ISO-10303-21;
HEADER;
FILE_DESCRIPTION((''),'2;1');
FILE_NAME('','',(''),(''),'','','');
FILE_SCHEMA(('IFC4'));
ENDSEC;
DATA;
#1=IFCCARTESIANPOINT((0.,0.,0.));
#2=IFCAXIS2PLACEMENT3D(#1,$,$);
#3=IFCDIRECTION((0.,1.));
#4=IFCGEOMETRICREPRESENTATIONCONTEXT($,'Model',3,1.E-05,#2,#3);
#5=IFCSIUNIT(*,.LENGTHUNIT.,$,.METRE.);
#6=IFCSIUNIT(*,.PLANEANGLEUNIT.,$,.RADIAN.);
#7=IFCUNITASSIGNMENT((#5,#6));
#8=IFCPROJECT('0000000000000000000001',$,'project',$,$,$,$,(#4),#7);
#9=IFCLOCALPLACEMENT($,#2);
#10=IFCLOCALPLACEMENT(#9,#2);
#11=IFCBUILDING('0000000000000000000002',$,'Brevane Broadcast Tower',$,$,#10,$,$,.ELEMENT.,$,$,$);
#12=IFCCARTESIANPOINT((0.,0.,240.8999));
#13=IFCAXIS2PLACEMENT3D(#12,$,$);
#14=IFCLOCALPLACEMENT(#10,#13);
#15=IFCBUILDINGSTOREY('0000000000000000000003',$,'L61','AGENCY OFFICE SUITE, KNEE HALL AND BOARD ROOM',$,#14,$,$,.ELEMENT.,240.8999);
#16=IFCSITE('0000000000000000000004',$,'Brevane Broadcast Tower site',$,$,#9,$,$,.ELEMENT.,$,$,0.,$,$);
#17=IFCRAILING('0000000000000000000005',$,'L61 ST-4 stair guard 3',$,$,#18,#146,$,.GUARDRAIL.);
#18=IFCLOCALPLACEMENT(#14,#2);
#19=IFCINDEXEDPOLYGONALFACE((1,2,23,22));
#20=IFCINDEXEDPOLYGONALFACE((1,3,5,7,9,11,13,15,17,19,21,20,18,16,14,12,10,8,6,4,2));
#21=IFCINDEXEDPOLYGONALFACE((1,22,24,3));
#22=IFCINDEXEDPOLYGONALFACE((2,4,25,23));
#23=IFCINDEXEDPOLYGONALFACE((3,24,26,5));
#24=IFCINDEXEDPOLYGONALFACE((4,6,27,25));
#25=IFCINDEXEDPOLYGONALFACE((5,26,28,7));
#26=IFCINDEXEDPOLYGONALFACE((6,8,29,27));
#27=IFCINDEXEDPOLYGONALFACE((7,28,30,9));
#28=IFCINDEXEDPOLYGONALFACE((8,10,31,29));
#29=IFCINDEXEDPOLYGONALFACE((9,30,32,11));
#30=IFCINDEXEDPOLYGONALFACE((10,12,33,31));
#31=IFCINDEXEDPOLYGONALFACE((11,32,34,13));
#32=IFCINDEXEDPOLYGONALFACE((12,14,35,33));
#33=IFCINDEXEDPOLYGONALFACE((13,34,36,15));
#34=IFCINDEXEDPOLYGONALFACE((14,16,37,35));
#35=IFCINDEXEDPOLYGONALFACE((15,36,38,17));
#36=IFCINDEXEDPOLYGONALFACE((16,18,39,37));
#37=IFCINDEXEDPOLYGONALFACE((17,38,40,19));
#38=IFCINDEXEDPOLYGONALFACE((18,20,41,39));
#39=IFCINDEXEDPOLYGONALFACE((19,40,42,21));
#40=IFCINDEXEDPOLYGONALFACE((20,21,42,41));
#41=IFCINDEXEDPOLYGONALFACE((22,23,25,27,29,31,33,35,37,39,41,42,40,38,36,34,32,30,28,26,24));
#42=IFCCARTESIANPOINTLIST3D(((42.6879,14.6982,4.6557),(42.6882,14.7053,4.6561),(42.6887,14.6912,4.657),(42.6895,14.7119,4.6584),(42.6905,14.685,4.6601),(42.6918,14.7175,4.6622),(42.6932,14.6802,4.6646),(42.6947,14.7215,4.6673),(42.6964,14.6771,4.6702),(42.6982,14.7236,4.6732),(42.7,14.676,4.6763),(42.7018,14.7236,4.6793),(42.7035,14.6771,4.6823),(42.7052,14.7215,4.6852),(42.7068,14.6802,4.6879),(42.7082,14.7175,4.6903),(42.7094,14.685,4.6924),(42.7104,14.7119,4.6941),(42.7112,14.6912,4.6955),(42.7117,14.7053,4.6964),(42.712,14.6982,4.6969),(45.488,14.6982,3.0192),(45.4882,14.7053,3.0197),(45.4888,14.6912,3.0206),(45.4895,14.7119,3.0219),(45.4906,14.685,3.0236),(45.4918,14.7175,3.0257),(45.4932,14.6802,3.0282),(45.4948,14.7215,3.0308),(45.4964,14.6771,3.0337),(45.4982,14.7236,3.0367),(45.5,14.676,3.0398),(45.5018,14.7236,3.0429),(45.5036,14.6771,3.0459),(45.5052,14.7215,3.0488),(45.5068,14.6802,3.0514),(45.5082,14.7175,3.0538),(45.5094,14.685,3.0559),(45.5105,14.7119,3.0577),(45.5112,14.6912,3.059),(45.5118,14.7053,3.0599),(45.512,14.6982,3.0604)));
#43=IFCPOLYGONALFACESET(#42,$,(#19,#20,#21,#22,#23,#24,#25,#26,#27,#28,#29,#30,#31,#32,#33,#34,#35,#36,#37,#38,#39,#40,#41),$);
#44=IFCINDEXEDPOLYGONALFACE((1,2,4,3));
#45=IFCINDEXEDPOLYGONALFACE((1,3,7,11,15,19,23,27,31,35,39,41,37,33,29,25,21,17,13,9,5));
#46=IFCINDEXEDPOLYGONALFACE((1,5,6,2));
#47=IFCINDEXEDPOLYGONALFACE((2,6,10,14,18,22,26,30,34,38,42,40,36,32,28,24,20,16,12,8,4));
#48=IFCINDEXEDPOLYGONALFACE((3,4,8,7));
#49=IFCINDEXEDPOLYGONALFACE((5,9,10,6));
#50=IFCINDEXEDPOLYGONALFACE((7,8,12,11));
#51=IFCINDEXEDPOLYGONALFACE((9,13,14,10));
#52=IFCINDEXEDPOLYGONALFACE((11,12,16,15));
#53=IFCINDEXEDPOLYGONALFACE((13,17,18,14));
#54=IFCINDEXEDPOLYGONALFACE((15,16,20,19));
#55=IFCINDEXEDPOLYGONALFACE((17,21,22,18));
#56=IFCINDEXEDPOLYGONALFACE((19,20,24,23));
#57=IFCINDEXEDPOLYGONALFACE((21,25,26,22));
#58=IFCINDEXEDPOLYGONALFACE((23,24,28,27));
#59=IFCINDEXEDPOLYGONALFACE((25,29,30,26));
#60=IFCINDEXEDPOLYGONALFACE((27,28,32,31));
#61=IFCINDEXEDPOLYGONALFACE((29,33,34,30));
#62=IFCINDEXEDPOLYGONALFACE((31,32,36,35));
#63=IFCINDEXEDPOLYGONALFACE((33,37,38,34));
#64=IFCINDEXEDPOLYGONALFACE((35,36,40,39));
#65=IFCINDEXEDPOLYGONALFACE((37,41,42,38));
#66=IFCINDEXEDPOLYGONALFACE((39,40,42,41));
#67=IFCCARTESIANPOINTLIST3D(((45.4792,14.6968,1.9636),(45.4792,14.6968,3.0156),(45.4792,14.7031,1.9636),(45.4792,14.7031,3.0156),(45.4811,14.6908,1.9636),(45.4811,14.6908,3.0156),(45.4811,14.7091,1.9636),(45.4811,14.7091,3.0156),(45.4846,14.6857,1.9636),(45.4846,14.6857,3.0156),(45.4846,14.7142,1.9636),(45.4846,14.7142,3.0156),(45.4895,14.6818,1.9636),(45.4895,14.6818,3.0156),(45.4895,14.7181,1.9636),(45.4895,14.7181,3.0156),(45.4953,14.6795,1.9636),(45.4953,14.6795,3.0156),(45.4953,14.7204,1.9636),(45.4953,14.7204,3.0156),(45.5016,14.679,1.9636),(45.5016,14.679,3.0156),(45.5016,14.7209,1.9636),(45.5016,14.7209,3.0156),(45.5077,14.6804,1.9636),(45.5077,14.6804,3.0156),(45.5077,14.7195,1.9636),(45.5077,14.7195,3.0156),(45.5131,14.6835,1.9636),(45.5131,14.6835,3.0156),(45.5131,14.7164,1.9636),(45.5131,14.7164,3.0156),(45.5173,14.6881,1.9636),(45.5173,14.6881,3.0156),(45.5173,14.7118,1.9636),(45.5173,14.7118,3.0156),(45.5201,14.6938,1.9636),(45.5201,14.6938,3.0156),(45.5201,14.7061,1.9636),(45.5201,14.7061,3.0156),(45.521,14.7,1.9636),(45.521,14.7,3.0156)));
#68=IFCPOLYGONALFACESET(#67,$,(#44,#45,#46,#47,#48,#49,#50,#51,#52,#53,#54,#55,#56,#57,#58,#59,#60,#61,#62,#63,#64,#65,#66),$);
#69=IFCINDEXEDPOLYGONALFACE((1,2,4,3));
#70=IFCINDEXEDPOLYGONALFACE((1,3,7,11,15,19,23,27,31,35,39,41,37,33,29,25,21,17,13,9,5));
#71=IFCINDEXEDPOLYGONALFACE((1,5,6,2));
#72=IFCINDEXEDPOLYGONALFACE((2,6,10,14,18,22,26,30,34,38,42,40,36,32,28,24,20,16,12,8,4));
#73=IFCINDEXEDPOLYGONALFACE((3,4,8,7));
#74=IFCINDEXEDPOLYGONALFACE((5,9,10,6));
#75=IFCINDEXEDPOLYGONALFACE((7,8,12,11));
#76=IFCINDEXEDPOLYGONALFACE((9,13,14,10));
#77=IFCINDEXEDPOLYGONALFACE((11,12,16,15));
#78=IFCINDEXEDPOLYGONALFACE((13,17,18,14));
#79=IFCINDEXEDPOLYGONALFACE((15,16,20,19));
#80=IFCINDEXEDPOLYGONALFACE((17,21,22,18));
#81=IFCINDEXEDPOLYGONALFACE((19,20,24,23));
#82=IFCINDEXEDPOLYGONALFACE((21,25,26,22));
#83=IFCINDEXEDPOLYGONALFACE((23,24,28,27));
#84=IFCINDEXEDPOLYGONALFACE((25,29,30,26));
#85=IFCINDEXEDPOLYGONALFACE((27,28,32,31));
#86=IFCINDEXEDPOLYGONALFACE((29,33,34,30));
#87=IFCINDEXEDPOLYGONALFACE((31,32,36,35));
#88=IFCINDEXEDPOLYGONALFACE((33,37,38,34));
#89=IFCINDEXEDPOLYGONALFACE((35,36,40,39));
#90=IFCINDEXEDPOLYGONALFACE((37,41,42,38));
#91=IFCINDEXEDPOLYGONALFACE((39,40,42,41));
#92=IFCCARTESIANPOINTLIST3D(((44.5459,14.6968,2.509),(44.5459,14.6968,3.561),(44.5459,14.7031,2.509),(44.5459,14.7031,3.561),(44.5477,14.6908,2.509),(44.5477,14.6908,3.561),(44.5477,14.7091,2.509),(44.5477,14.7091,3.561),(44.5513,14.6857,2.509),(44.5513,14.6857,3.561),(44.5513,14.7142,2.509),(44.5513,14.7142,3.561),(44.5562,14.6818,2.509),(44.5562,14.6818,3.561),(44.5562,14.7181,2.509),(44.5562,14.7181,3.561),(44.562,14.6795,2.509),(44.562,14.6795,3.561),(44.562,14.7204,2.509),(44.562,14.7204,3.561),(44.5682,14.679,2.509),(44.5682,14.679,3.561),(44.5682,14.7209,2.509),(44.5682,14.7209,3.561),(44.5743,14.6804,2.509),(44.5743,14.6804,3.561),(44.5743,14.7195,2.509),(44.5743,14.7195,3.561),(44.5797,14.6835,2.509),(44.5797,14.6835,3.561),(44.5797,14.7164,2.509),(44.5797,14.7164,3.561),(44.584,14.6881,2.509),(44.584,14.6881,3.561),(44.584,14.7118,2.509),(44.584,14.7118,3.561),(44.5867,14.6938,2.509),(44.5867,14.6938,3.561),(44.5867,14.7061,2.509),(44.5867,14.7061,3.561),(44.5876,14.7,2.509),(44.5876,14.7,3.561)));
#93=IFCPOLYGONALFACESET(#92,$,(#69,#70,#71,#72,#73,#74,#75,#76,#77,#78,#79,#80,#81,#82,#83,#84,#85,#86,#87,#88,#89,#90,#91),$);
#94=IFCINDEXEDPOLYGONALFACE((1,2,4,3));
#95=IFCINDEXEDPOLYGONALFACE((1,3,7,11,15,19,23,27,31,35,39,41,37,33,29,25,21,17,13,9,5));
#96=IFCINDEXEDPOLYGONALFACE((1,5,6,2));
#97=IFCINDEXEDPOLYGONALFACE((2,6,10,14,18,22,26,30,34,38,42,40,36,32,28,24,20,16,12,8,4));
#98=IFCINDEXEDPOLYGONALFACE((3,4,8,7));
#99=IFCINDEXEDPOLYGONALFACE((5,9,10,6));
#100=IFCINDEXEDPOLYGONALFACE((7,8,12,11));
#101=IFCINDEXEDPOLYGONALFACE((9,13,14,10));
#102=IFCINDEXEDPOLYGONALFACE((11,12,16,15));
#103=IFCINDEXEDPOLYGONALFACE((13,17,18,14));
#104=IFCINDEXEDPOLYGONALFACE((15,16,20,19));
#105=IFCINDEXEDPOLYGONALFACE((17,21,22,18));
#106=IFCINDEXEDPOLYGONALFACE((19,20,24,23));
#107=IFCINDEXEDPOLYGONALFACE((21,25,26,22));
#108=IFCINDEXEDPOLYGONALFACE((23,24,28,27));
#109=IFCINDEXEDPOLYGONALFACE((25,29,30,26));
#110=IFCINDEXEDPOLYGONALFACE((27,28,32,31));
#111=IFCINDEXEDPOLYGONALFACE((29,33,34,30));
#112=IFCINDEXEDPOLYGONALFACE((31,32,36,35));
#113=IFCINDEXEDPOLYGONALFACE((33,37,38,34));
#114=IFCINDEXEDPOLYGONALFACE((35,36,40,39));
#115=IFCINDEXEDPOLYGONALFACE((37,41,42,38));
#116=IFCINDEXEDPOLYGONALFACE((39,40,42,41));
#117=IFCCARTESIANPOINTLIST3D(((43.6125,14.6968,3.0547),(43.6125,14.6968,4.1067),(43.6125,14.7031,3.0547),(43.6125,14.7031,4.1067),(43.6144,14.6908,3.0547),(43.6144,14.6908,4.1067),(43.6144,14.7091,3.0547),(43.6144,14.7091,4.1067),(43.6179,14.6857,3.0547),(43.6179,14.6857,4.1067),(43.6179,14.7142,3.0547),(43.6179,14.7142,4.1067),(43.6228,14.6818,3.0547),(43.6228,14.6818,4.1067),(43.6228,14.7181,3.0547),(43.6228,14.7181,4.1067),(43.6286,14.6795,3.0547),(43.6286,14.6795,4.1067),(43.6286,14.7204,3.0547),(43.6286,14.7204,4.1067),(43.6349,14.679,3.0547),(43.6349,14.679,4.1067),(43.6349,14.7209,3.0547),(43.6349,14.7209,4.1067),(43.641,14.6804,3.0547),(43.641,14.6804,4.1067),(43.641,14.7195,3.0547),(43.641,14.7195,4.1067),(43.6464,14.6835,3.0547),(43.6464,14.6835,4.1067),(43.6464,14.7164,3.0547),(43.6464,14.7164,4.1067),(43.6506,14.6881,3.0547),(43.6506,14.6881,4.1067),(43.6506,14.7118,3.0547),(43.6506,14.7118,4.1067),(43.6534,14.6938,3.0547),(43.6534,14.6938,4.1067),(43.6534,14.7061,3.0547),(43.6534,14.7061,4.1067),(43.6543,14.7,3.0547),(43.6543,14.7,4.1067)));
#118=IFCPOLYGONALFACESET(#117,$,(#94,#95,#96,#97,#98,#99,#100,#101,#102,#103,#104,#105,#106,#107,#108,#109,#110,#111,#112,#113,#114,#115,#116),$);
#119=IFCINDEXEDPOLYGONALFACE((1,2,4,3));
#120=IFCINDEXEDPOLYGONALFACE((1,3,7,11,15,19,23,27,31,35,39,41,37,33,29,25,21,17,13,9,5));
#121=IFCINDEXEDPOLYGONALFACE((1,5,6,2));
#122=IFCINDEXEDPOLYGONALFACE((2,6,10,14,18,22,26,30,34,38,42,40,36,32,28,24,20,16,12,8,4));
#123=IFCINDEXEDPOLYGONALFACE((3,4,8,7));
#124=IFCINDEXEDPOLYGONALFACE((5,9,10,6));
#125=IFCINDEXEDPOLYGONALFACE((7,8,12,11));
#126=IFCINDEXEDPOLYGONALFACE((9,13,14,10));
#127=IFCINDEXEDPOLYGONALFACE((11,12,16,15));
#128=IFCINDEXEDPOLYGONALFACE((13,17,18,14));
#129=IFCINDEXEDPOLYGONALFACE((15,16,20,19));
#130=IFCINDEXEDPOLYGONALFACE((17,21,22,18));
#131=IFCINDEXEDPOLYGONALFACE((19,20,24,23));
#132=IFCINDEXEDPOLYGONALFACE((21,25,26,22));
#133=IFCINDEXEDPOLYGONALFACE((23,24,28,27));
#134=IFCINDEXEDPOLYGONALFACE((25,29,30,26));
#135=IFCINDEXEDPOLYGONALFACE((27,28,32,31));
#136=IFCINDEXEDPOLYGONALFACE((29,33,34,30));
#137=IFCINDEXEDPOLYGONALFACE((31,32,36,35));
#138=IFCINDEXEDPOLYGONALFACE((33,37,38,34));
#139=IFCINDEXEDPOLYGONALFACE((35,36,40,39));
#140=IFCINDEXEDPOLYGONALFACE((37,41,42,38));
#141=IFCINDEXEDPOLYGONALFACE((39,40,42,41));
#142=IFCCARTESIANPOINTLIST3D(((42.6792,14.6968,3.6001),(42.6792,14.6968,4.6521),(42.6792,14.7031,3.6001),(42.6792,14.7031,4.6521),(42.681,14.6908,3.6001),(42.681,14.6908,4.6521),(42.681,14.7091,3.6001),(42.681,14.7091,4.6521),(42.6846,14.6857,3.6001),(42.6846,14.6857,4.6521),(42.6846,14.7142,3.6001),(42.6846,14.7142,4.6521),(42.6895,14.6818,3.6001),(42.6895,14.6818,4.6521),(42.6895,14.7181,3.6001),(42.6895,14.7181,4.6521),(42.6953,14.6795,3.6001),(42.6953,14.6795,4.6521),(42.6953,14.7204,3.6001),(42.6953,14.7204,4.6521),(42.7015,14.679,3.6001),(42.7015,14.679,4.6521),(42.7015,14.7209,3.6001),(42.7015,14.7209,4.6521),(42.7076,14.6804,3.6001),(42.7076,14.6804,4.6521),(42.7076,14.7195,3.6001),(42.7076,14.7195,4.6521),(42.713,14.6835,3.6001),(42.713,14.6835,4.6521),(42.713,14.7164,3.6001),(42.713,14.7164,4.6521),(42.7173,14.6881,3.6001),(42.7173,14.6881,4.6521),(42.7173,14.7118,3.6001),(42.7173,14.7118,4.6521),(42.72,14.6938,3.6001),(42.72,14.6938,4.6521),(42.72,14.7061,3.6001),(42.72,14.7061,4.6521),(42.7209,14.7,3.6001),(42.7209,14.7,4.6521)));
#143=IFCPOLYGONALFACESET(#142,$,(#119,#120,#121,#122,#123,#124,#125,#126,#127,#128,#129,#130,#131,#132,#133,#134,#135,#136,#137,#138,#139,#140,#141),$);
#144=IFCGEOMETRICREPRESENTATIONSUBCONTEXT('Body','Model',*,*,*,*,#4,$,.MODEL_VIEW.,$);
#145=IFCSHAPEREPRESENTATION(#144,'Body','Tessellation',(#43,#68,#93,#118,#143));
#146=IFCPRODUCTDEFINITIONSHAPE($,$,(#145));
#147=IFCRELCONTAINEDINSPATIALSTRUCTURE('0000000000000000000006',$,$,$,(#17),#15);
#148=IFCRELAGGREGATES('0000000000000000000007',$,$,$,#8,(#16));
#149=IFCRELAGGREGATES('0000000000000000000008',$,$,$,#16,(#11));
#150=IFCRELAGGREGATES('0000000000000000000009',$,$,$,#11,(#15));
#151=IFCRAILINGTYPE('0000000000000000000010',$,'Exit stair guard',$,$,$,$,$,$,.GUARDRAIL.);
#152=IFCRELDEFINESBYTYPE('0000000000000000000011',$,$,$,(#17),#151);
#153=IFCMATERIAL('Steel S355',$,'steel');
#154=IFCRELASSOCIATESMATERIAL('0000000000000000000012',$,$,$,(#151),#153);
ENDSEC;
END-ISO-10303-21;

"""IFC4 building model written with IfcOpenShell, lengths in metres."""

from ifc_helpers import new_model, si_unit, direction, frame, origin, origin_2d, place, context, subcontext, project, spatial, circle, extrude, material, type_object, element, save


model = new_model("IFC4")

# Units and contexts
model_context = context("Model", 3, precision=1e-05, world=origin(), true_north=direction((0.0, 1.0)))
body_context = subcontext(model_context, "Body", "Model", "MODEL_VIEW")
ifc_project = project(units=[si_unit("LENGTHUNIT", "METRE"), si_unit("PLANEANGLEUNIT", "RADIAN")], contexts=[model_context])

# Site, building, storey
site_placement = place(None, origin())
site = spatial("IfcSite", under=ifc_project, at=site_placement, Name="Brevane Broadcast Tower site", CompositionType="ELEMENT", RefElevation=0.0)
building_placement = place(site_placement, origin())
building = spatial("IfcBuilding", under=site, at=building_placement, Name="Brevane Broadcast Tower", CompositionType="ELEMENT")
storey_placement = place(building_placement, frame((0.0, 0.0, 240.8999)))
storey = spatial("IfcBuildingStorey", under=building, at=storey_placement, Name="L61", Description="AGENCY OFFICE SUITE, KNEE HALL AND BOARD ROOM", CompositionType="ELEMENT", Elevation=240.8999)

# Railing
ifc_material_1 = material(Name="Steel S355", Category="steel")
railing_type_1 = type_object("IfcRailingType", Name="Exit stair guard", PredefinedType="GUARDRAIL", material=ifc_material_1)
railing_1_placement = place(storey_placement, frame((45.5, 14.7, 1.9636)))
element("IfcRailing", 1, at=railing_1_placement, inside=storey, type_object=railing_type_1, Name="L61 ST-4 stair guard 3", PredefinedType="GUARDRAIL", context=body_context, shape_type="SweptSolid", body=[
    extrude(circle(Radius=0.0239, at=origin_2d()), frame((0.0, 0.0, 1.0762), z_axis=(-0.863361, 0.0, 0.504587), x_axis=(0.0, -1.0, 0.0)), (0.0, 0.0, 1.0), 3.2432),
    extrude(circle(Radius=0.021, at=origin_2d()), origin(), (0.0, 0.0, 1.0), 1.052),
    extrude(circle(Radius=0.021, at=origin_2d()), frame((-0.9333, 0.0, 0.5454)), (0.0, 0.0, 1.0), 1.052),
    extrude(circle(Radius=0.021, at=origin_2d()), frame((-1.8667, 0.0, 1.0911)), (0.0, 0.0, 1.0), 1.052),
    extrude(circle(Radius=0.021, at=origin_2d()), frame((-2.8, 0.0, 1.6365)), (0.0, 0.0, 1.0), 1.052),
])

save(model, "model.ifc")
